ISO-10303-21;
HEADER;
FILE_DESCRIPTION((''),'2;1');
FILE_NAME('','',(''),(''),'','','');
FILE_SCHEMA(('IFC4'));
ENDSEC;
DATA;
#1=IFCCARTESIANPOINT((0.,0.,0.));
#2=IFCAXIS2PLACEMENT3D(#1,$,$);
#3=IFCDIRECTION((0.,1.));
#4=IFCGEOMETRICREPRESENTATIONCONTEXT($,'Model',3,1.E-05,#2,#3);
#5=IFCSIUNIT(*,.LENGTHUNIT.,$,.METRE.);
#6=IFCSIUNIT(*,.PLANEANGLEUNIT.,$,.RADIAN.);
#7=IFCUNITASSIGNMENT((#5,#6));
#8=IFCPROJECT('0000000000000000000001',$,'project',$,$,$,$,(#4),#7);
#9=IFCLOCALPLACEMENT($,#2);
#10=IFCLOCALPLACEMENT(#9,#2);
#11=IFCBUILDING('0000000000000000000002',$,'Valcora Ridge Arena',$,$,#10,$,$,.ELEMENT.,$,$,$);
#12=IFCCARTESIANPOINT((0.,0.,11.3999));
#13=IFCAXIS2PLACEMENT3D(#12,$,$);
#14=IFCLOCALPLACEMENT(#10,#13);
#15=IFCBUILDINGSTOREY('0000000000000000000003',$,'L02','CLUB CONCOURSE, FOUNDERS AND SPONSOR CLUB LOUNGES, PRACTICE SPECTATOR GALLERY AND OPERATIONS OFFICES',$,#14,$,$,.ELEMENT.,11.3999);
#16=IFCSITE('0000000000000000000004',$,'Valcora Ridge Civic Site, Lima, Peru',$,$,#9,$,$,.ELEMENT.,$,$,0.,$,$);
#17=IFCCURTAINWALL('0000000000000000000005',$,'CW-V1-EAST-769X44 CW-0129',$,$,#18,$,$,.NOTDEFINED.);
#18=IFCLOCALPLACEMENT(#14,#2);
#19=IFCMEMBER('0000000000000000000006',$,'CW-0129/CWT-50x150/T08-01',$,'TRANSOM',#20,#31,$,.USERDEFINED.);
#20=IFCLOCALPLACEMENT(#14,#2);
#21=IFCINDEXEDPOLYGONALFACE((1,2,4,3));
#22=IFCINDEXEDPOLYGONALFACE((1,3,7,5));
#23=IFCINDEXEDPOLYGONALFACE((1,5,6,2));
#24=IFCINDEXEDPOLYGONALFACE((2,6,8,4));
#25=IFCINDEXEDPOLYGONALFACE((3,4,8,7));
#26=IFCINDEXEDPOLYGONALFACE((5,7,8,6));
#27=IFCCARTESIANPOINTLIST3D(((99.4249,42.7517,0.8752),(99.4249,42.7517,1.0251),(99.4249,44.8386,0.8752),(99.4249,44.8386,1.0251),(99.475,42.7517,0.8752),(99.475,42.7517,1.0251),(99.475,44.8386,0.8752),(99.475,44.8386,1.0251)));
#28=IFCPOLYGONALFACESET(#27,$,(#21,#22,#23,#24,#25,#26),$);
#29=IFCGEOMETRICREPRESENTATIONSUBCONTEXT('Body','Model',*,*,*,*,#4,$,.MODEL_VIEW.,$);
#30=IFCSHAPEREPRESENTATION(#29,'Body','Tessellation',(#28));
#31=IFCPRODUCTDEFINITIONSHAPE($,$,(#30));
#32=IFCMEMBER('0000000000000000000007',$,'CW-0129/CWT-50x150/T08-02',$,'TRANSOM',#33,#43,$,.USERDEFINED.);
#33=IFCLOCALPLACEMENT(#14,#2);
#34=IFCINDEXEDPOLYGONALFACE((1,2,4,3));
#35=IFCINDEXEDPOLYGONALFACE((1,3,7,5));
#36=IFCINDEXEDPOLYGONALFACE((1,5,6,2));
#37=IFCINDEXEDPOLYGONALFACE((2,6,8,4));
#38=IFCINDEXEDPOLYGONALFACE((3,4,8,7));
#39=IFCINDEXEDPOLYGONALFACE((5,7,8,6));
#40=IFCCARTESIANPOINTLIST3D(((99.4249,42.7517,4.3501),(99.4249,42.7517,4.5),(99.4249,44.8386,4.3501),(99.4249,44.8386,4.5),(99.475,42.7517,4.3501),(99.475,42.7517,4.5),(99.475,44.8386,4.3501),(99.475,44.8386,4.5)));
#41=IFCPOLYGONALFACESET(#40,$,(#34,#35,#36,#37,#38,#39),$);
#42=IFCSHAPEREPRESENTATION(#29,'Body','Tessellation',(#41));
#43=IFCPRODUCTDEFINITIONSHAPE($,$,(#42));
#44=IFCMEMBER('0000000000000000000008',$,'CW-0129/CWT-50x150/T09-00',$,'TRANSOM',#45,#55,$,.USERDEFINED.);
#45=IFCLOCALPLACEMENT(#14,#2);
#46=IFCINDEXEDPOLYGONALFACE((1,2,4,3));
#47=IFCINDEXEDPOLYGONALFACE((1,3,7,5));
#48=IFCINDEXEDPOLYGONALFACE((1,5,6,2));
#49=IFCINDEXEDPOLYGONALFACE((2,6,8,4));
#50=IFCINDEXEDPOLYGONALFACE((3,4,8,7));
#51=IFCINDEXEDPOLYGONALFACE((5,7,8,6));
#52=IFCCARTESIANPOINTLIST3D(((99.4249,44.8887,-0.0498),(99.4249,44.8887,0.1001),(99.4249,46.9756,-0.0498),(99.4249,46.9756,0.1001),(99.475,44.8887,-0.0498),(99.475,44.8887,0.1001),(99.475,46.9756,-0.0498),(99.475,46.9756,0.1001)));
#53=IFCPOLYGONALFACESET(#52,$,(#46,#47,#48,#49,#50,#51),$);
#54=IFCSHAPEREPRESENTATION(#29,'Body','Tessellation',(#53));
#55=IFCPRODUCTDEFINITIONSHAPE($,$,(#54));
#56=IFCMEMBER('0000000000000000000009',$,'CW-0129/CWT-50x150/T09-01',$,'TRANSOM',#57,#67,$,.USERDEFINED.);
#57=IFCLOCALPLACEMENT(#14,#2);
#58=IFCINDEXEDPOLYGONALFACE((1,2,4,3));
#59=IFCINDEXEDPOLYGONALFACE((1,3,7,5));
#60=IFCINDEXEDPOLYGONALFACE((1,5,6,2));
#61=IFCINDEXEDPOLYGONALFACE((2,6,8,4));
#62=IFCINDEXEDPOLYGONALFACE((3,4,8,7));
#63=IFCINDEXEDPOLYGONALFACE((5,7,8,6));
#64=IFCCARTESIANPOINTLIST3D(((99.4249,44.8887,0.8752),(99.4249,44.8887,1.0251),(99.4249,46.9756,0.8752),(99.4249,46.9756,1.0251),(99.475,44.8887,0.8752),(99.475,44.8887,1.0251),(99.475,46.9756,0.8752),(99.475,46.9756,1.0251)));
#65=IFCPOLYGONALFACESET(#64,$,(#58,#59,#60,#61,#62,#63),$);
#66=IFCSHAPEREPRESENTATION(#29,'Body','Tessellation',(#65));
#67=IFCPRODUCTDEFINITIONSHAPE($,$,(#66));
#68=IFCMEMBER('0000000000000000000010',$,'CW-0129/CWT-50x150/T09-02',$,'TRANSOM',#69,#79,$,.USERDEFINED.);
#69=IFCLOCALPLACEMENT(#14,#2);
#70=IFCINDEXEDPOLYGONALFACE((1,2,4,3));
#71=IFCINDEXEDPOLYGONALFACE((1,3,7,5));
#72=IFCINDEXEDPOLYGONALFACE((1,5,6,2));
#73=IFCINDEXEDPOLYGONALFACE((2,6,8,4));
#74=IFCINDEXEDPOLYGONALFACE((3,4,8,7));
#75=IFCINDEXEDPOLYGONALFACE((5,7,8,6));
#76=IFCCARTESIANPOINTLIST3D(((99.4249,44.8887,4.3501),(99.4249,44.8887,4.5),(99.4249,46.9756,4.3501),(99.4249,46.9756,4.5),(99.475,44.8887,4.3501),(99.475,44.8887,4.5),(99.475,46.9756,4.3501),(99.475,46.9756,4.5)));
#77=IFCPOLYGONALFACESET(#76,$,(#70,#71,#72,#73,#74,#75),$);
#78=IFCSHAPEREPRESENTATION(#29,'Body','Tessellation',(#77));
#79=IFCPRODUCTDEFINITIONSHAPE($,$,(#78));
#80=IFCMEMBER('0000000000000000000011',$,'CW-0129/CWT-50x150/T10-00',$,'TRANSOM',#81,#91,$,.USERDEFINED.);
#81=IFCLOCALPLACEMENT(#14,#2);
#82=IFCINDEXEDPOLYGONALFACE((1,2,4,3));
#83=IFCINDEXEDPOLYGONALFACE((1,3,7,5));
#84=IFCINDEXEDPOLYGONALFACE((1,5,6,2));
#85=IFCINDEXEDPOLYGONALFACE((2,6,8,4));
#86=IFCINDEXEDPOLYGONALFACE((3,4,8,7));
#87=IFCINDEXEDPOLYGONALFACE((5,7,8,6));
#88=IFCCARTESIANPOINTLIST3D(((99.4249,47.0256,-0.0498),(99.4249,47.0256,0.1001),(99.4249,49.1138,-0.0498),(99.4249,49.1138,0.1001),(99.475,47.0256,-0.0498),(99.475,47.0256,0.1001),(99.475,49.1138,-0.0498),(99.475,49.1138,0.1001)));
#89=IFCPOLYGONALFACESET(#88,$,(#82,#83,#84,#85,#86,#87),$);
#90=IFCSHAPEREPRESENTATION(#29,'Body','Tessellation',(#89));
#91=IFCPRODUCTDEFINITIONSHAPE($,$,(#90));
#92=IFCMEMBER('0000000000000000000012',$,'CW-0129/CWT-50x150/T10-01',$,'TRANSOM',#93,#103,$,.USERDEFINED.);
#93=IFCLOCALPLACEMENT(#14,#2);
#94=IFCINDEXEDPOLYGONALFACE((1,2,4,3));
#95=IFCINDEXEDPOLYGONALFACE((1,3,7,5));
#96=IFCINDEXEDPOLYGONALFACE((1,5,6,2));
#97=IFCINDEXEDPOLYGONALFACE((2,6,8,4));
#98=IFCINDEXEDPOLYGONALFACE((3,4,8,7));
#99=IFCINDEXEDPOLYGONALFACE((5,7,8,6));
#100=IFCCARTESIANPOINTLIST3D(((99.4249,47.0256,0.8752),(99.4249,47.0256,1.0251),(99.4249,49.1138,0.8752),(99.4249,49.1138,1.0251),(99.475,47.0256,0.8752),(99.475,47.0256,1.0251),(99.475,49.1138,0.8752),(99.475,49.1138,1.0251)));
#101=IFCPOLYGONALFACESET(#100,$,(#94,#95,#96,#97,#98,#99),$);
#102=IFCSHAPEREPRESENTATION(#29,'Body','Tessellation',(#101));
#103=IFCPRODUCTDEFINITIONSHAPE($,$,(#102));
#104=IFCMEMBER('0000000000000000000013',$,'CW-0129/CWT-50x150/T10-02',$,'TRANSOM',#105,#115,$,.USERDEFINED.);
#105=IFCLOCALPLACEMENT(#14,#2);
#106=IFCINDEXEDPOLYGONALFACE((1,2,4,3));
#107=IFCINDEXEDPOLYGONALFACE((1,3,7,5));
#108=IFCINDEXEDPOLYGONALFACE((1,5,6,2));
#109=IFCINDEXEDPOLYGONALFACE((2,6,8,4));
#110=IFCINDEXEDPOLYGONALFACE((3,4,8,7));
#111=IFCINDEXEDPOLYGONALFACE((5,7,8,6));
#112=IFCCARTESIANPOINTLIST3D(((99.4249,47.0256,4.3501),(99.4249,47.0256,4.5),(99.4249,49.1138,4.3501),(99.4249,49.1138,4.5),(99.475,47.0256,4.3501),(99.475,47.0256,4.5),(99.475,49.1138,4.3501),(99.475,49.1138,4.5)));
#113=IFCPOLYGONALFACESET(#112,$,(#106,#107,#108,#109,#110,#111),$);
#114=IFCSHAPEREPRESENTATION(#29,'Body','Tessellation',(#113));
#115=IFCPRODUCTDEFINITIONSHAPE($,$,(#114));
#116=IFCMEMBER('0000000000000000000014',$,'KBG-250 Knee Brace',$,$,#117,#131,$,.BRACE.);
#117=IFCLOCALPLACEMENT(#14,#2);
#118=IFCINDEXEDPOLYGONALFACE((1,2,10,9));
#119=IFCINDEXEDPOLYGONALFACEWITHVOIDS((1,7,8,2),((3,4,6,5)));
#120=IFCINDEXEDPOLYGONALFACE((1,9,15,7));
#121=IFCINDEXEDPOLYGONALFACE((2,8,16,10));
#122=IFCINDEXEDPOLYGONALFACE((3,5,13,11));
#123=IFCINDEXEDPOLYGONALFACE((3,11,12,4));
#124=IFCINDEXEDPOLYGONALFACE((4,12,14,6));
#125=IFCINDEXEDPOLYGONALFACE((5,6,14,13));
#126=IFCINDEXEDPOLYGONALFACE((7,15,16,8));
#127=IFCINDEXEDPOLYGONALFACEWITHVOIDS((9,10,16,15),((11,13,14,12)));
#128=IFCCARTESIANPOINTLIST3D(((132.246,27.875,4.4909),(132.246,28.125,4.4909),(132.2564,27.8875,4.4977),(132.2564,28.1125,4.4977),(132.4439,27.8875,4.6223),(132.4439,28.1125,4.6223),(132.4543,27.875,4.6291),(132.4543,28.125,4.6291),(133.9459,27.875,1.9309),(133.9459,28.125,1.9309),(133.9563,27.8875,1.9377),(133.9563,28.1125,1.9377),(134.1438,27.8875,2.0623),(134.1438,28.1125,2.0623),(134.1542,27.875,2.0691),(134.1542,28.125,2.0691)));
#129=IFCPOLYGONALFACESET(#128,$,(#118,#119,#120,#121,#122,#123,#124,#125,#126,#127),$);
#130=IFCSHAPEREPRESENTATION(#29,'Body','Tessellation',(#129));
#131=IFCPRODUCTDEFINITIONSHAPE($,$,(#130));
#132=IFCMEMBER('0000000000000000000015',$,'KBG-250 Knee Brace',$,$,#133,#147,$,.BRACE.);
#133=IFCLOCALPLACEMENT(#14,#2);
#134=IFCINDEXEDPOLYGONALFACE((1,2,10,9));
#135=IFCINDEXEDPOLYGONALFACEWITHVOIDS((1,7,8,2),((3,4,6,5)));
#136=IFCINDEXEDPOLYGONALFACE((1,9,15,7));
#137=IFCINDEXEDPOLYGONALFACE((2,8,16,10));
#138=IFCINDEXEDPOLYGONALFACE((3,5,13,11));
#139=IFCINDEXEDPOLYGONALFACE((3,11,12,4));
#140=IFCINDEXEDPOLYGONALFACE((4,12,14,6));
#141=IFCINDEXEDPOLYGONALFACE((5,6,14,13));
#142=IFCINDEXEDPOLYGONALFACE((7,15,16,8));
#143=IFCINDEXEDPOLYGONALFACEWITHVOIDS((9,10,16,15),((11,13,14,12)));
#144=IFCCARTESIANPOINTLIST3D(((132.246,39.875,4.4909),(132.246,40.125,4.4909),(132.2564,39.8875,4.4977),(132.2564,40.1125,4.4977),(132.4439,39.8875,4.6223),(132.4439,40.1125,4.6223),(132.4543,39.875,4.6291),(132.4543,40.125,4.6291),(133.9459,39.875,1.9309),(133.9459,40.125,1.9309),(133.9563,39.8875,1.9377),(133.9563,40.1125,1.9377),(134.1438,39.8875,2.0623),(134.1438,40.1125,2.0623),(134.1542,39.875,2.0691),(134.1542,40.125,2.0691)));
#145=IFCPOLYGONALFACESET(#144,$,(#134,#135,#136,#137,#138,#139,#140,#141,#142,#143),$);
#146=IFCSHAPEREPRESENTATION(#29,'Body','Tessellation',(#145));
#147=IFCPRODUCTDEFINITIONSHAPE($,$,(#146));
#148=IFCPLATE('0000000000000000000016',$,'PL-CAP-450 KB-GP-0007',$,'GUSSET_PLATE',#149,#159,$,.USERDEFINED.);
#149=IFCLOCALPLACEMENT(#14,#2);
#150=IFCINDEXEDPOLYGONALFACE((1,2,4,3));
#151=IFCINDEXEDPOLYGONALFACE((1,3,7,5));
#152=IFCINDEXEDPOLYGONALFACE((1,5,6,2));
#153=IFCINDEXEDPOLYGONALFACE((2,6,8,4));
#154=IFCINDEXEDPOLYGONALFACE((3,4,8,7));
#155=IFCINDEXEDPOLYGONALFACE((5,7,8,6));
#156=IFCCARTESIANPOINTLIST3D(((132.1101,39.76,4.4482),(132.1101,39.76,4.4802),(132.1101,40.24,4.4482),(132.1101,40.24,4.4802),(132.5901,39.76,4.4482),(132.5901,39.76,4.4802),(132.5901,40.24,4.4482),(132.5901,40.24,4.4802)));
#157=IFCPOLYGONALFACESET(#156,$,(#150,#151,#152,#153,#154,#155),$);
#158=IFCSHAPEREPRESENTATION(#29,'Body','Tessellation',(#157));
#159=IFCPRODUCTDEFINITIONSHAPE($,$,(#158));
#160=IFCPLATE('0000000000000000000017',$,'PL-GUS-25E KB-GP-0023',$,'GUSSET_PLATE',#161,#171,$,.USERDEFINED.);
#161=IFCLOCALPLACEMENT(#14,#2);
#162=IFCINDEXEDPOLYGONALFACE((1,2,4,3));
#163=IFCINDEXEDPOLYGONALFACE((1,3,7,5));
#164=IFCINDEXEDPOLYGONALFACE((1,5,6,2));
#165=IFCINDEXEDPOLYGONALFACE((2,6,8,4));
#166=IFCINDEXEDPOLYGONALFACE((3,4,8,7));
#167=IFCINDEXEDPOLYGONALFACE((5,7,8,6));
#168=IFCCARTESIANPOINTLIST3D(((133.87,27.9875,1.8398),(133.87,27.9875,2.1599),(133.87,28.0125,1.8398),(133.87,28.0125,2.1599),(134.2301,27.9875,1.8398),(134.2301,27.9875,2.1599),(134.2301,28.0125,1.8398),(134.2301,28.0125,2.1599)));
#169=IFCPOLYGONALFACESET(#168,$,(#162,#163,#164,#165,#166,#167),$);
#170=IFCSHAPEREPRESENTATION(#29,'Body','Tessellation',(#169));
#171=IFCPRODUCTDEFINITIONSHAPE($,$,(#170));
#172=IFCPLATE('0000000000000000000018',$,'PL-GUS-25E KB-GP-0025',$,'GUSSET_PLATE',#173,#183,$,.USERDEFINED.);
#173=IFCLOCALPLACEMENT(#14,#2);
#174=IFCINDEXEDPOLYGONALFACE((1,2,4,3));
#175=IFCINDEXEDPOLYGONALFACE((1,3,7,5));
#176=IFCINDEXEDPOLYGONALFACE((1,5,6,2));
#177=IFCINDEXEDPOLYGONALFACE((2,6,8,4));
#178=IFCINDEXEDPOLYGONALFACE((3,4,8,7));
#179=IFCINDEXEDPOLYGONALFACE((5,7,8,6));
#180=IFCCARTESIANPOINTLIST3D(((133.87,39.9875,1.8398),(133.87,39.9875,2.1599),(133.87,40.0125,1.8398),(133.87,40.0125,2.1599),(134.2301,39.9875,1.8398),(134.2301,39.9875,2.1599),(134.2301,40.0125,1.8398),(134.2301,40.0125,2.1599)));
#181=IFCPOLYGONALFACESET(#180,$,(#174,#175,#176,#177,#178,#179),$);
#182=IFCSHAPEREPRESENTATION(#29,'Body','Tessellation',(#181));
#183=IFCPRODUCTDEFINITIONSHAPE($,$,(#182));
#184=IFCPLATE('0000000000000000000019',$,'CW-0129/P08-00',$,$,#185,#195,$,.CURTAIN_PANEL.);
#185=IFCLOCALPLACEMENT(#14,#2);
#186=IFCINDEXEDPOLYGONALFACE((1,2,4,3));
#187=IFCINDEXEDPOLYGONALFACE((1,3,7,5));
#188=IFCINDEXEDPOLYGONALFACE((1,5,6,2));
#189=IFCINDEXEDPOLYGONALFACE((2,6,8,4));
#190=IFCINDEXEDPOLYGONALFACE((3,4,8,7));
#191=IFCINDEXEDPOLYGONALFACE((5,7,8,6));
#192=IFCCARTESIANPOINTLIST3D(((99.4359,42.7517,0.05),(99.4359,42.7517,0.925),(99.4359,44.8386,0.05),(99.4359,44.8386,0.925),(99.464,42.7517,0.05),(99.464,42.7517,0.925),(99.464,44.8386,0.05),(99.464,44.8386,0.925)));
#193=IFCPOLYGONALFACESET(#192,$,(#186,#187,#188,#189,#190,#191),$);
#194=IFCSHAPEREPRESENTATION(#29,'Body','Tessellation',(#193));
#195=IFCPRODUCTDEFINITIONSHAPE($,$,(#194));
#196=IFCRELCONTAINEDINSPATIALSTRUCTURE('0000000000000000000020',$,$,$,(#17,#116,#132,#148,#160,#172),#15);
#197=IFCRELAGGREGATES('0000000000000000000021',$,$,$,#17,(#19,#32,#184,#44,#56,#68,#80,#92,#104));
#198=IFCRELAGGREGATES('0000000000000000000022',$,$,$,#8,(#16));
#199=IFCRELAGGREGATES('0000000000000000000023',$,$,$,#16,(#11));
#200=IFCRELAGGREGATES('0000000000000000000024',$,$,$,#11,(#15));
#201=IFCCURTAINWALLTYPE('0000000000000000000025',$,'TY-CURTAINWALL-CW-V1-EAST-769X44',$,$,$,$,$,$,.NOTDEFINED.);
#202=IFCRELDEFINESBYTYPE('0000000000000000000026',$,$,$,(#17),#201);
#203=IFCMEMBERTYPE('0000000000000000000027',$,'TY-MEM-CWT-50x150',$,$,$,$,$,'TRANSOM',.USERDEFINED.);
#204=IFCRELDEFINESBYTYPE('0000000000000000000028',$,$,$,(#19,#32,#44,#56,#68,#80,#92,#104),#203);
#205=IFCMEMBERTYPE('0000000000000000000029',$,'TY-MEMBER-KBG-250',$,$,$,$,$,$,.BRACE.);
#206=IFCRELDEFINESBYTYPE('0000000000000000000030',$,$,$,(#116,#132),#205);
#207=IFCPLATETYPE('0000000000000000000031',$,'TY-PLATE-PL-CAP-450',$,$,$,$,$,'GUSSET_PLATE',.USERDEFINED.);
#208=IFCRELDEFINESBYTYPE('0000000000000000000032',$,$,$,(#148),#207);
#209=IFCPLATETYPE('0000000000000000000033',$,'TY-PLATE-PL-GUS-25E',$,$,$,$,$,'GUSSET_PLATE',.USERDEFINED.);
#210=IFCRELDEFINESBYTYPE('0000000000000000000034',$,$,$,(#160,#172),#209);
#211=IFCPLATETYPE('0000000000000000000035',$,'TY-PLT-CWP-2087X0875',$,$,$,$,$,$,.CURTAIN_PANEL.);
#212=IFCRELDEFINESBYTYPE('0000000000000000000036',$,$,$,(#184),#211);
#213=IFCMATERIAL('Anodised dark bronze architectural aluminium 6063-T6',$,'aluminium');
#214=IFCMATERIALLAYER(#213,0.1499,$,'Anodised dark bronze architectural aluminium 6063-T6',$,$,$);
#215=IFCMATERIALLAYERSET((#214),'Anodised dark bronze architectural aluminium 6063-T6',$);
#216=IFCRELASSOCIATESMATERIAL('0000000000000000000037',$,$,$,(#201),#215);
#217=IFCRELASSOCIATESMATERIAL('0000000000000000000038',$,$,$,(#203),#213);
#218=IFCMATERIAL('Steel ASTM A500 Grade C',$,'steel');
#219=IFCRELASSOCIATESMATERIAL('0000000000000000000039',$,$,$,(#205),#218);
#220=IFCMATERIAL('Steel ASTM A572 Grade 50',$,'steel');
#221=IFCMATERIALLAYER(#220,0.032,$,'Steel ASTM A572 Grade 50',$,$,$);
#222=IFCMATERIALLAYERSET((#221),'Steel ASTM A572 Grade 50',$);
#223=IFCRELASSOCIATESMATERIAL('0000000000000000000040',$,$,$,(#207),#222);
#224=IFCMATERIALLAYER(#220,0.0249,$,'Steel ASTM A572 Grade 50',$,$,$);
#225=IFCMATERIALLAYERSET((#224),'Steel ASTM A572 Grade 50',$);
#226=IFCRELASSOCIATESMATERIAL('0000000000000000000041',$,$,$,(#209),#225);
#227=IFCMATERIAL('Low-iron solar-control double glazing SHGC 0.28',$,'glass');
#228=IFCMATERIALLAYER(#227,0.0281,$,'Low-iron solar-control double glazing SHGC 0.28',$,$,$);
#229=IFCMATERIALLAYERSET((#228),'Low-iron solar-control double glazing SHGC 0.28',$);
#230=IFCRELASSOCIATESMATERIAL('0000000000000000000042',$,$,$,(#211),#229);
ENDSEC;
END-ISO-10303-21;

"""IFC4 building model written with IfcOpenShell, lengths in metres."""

from ifc_helpers import new_model, si_unit, direction, frame, origin, origin_2d, place, context, subcontext, project, spatial, rectangle, hollow_rectangle, extrude, material, layer, layer_set, material_profile, profile_set, type_object, element, aggregate, save


model = new_model("IFC4")

# Units and contexts
model_context = context("Model", 3, precision=1e-05, world=origin(), true_north=direction((0.0, 1.0)))
body_context = subcontext(model_context, "Body", "Model", "MODEL_VIEW")
ifc_project = project(units=[si_unit("LENGTHUNIT", "METRE"), si_unit("PLANEANGLEUNIT", "RADIAN")], contexts=[model_context])

# Site, building, storey
site_placement = place(None, origin())
site = spatial("IfcSite", under=ifc_project, at=site_placement, Name="Valcora Ridge Civic Site, Lima, Peru", CompositionType="ELEMENT", RefElevation=0.0)
building_placement = place(site_placement, origin())
building = spatial("IfcBuilding", under=site, at=building_placement, Name="Valcora Ridge Arena", CompositionType="ELEMENT")
storey_placement = place(building_placement, frame((0.0, 0.0, 11.3999)))
storey = spatial("IfcBuildingStorey", under=building, at=storey_placement, Name="L02", Description="CLUB CONCOURSE, FOUNDERS AND SPONSOR CLUB LOUNGES, PRACTICE SPECTATOR GALLERY AND OPERATIONS OFFICES", CompositionType="ELEMENT", Elevation=11.3999)

# Shared definitions
ifc_material_1 = material(Name="Steel ASTM A500 Grade C", Category="steel")

# Shared definitions
ifc_material_2 = material(Name="Steel ASTM A572 Grade 50", Category="steel")

# Curtain wall, members
ifc_material_3 = material(Name="Anodised dark bronze architectural aluminium 6063-T6", Category="aluminium")
ifc_layer_1 = layer(ifc_material_3, 0.1499, Name="Anodised dark bronze architectural aluminium 6063-T6")
ifc_layer_set_1 = layer_set([ifc_layer_1], Name="Anodised dark bronze architectural aluminium 6063-T6")
curtain_wall_type = type_object("IfcCurtainWallType", Name="TY-CURTAINWALL-CW-V1-EAST-769X44", PredefinedType="NOTDEFINED", material=ifc_layer_set_1)
curtain_wall_placement = place(storey_placement, origin())
curtain_wall = element("IfcCurtainWall", 1, at=curtain_wall_placement, inside=storey, type_object=curtain_wall_type, Name="CW-V1-EAST-769X44 CW-0129", PredefinedType="NOTDEFINED")
ifc_material_profile_1 = material_profile(ifc_material_3, rectangle(XDim=0.05, YDim=0.1499, at=origin_2d()), Name="ALU TRANSOM 50x150")
ifc_profile_set_1 = profile_set([ifc_material_profile_1], Name="Anodised dark bronze architectural aluminium 6063-T6")
member_type_1 = type_object("IfcMemberType", Name="TY-MEM-CWT-50x150", ElementType="TRANSOM", PredefinedType="USERDEFINED", material=ifc_profile_set_1)
member_1_placement = place(storey_placement, frame((99.45, 42.7517, 0.9502), z_axis=(0.0, 1.0, 0.0), x_axis=(-1.0, 0.0, 0.0)))
member_1 = element("IfcMember", 2, at=member_1_placement, type_object=member_type_1, Name="CW-0129/CWT-50x150/T08-01", ObjectType="TRANSOM", PredefinedType="USERDEFINED", context=body_context, shape_type="SweptSolid", body=[
    extrude(rectangle(XDim=0.05, YDim=0.1499, at=origin_2d()), origin(), (0.0, 0.0, 1.0), 2.0869),
])
member_2_placement = place(storey_placement, frame((99.45, 42.7517, 4.425), z_axis=(0.0, 1.0, 0.0), x_axis=(-1.0, 0.0, 0.0)))
member_2 = element("IfcMember", 3, at=member_2_placement, type_object=member_type_1, Name="CW-0129/CWT-50x150/T08-02", ObjectType="TRANSOM", PredefinedType="USERDEFINED", context=body_context, shape_type="SweptSolid", body=[
    extrude(rectangle(XDim=0.05, YDim=0.1499, at=origin_2d()), origin(), (0.0, 0.0, 1.0), 2.0869),
])
member_3_placement = place(storey_placement, frame((99.45, 44.8887, 0.0251), z_axis=(0.0, 1.0, 0.0), x_axis=(-1.0, 0.0, 0.0)))
member_3 = element("IfcMember", 4, at=member_3_placement, type_object=member_type_1, Name="CW-0129/CWT-50x150/T09-00", ObjectType="TRANSOM", PredefinedType="USERDEFINED", context=body_context, shape_type="SweptSolid", body=[
    extrude(rectangle(XDim=0.05, YDim=0.1499, at=origin_2d()), origin(), (0.0, 0.0, 1.0), 2.0869),
])
member_4_placement = place(storey_placement, frame((99.45, 44.8887, 0.9502), z_axis=(0.0, 1.0, 0.0), x_axis=(-1.0, 0.0, 0.0)))
member_4 = element("IfcMember", 5, at=member_4_placement, type_object=member_type_1, Name="CW-0129/CWT-50x150/T09-01", ObjectType="TRANSOM", PredefinedType="USERDEFINED", context=body_context, shape_type="SweptSolid", body=[
    extrude(rectangle(XDim=0.05, YDim=0.1499, at=origin_2d()), origin(), (0.0, 0.0, 1.0), 2.0869),
])
member_5_placement = place(storey_placement, frame((99.45, 44.8887, 4.425), z_axis=(0.0, 1.0, 0.0), x_axis=(-1.0, 0.0, 0.0)))
member_5 = element("IfcMember", 6, at=member_5_placement, type_object=member_type_1, Name="CW-0129/CWT-50x150/T09-02", ObjectType="TRANSOM", PredefinedType="USERDEFINED", context=body_context, shape_type="SweptSolid", body=[
    extrude(rectangle(XDim=0.05, YDim=0.1499, at=origin_2d()), origin(), (0.0, 0.0, 1.0), 2.0869),
])
member_6_placement = place(storey_placement, frame((99.45, 47.0256, 0.0251), z_axis=(0.0, 1.0, 0.0), x_axis=(-1.0, 0.0, 0.0)))
member_6 = element("IfcMember", 7, at=member_6_placement, type_object=member_type_1, Name="CW-0129/CWT-50x150/T10-00", ObjectType="TRANSOM", PredefinedType="USERDEFINED", context=body_context, shape_type="SweptSolid", body=[
    extrude(rectangle(XDim=0.05, YDim=0.1499, at=origin_2d()), origin(), (0.0, 0.0, 1.0), 2.0881),
])
member_7_placement = place(storey_placement, frame((99.45, 47.0256, 0.9502), z_axis=(0.0, 1.0, 0.0), x_axis=(-1.0, 0.0, 0.0)))
member_7 = element("IfcMember", 8, at=member_7_placement, type_object=member_type_1, Name="CW-0129/CWT-50x150/T10-01", ObjectType="TRANSOM", PredefinedType="USERDEFINED", context=body_context, shape_type="SweptSolid", body=[
    extrude(rectangle(XDim=0.05, YDim=0.1499, at=origin_2d()), origin(), (0.0, 0.0, 1.0), 2.0881),
])
member_8_placement = place(storey_placement, frame((99.45, 47.0256, 4.425), z_axis=(0.0, 1.0, 0.0), x_axis=(-1.0, 0.0, 0.0)))
member_8 = element("IfcMember", 9, at=member_8_placement, type_object=member_type_1, Name="CW-0129/CWT-50x150/T10-02", ObjectType="TRANSOM", PredefinedType="USERDEFINED", context=body_context, shape_type="SweptSolid", body=[
    extrude(rectangle(XDim=0.05, YDim=0.1499, at=origin_2d()), origin(), (0.0, 0.0, 1.0), 2.0881),
])

# Members
ifc_material_profile_2 = material_profile(ifc_material_1, hollow_rectangle(XDim=0.25, YDim=0.25, WallThickness=0.0125, at=origin_2d()), Name="HSS250X250X12")
ifc_profile_set_2 = profile_set([ifc_material_profile_2], Name="Steel ASTM A500 Grade C")
member_type_2 = type_object("IfcMemberType", Name="TY-MEMBER-KBG-250", PredefinedType="BRACE", material=ifc_profile_set_2)
for number, where, z_axis, x_axis, name in (
    (10, (134.05, 28.0, 2.0), (-0.553178, 0.0, 0.833063), (0.0, -1.0, 0.0), "KBG-250 Knee Brace"),
    (11, (134.05, 40.0, 2.0), (-0.553178, 0.0, 0.833063), (0.0, -1.0, 0.0), "KBG-250 Knee Brace"),
):
    element("IfcMember", number, at=place(storey_placement, frame(where, z_axis=z_axis, x_axis=x_axis)), inside=storey, type_object=member_type_2, Name=name, PredefinedType="BRACE", context=body_context, shape_type="SweptSolid", body=[
        extrude(hollow_rectangle(XDim=0.25, YDim=0.25, WallThickness=0.0125, at=origin_2d()), origin(), (0.0, 0.0, 1.0), 3.073),
    ])

# Plates
ifc_layer_2 = layer(ifc_material_2, 0.032, Name="Steel ASTM A572 Grade 50")
ifc_layer_set_2 = layer_set([ifc_layer_2], Name="Steel ASTM A572 Grade 50")
plate_type_1 = type_object("IfcPlateType", Name="TY-PLATE-PL-CAP-450", ElementType="GUSSET_PLATE", PredefinedType="USERDEFINED", material=ifc_layer_set_2)
plate_1_placement = place(storey_placement, frame((132.3501, 40.0, 4.4482), z_axis=(0.0, 0.0, 1.0), x_axis=(1.0, 0.0, 0.0)))
element("IfcPlate", 12, at=plate_1_placement, inside=storey, type_object=plate_type_1, Name="PL-CAP-450 KB-GP-0007", ObjectType="GUSSET_PLATE", PredefinedType="USERDEFINED", context=body_context, shape_type="SweptSolid", body=[
    extrude(rectangle(XDim=0.48, YDim=0.48, at=origin_2d()), origin(), (0.0, 0.0, 1.0), 0.032),
])
ifc_layer_3 = layer(ifc_material_2, 0.0249, Name="Steel ASTM A572 Grade 50")
ifc_layer_set_3 = layer_set([ifc_layer_3], Name="Steel ASTM A572 Grade 50")
plate_type_2 = type_object("IfcPlateType", Name="TY-PLATE-PL-GUS-25E", ElementType="GUSSET_PLATE", PredefinedType="USERDEFINED", material=ifc_layer_set_3)
for number, where, z_axis, x_axis, name in (
    (13, (134.05, 28.0, 1.8398), (0.0, 0.0, 1.0), (1.0, 0.0, 0.0), "PL-GUS-25E KB-GP-0023"),
    (14, (134.05, 40.0, 1.8398), (0.0, 0.0, 1.0), (1.0, 0.0, 0.0), "PL-GUS-25E KB-GP-0025"),
):
    element("IfcPlate", number, at=place(storey_placement, frame(where, z_axis=z_axis, x_axis=x_axis)), inside=storey, type_object=plate_type_2, Name=name, ObjectType="GUSSET_PLATE", PredefinedType="USERDEFINED", context=body_context, shape_type="SweptSolid", body=[
        extrude(rectangle(XDim=0.3601, YDim=0.0249, at=origin_2d()), origin(), (0.0, 0.0, 1.0), 0.3201),
    ])

# Plate
ifc_material_4 = material(Name="Low-iron solar-control double glazing SHGC 0.28", Category="glass")
ifc_layer_4 = layer(ifc_material_4, 0.0281, Name="Low-iron solar-control double glazing SHGC 0.28")
ifc_layer_set_4 = layer_set([ifc_layer_4], Name="Low-iron solar-control double glazing SHGC 0.28")
plate_type_3 = type_object("IfcPlateType", Name="TY-PLT-CWP-2087X0875", PredefinedType="CURTAIN_PANEL", material=ifc_layer_set_4)
plate_2_placement = place(storey_placement, frame((99.45, 43.7952, 0.05), z_axis=(0.0, 0.0, 1.0), x_axis=(0.0, 1.0, 0.0)))
plate_2 = element("IfcPlate", 15, at=plate_2_placement, type_object=plate_type_3, Name="CW-0129/P08-00", PredefinedType="CURTAIN_PANEL", context=body_context, shape_type="SweptSolid", body=[
    extrude(rectangle(XDim=2.0869, YDim=0.0281, at=origin_2d()), origin(), (0.0, 0.0, 1.0), 0.875),
])
aggregate(curtain_wall, [member_1, member_2, plate_2, member_3, member_4, member_5, member_6, member_7, member_8])

save(model, "model.ifc")
